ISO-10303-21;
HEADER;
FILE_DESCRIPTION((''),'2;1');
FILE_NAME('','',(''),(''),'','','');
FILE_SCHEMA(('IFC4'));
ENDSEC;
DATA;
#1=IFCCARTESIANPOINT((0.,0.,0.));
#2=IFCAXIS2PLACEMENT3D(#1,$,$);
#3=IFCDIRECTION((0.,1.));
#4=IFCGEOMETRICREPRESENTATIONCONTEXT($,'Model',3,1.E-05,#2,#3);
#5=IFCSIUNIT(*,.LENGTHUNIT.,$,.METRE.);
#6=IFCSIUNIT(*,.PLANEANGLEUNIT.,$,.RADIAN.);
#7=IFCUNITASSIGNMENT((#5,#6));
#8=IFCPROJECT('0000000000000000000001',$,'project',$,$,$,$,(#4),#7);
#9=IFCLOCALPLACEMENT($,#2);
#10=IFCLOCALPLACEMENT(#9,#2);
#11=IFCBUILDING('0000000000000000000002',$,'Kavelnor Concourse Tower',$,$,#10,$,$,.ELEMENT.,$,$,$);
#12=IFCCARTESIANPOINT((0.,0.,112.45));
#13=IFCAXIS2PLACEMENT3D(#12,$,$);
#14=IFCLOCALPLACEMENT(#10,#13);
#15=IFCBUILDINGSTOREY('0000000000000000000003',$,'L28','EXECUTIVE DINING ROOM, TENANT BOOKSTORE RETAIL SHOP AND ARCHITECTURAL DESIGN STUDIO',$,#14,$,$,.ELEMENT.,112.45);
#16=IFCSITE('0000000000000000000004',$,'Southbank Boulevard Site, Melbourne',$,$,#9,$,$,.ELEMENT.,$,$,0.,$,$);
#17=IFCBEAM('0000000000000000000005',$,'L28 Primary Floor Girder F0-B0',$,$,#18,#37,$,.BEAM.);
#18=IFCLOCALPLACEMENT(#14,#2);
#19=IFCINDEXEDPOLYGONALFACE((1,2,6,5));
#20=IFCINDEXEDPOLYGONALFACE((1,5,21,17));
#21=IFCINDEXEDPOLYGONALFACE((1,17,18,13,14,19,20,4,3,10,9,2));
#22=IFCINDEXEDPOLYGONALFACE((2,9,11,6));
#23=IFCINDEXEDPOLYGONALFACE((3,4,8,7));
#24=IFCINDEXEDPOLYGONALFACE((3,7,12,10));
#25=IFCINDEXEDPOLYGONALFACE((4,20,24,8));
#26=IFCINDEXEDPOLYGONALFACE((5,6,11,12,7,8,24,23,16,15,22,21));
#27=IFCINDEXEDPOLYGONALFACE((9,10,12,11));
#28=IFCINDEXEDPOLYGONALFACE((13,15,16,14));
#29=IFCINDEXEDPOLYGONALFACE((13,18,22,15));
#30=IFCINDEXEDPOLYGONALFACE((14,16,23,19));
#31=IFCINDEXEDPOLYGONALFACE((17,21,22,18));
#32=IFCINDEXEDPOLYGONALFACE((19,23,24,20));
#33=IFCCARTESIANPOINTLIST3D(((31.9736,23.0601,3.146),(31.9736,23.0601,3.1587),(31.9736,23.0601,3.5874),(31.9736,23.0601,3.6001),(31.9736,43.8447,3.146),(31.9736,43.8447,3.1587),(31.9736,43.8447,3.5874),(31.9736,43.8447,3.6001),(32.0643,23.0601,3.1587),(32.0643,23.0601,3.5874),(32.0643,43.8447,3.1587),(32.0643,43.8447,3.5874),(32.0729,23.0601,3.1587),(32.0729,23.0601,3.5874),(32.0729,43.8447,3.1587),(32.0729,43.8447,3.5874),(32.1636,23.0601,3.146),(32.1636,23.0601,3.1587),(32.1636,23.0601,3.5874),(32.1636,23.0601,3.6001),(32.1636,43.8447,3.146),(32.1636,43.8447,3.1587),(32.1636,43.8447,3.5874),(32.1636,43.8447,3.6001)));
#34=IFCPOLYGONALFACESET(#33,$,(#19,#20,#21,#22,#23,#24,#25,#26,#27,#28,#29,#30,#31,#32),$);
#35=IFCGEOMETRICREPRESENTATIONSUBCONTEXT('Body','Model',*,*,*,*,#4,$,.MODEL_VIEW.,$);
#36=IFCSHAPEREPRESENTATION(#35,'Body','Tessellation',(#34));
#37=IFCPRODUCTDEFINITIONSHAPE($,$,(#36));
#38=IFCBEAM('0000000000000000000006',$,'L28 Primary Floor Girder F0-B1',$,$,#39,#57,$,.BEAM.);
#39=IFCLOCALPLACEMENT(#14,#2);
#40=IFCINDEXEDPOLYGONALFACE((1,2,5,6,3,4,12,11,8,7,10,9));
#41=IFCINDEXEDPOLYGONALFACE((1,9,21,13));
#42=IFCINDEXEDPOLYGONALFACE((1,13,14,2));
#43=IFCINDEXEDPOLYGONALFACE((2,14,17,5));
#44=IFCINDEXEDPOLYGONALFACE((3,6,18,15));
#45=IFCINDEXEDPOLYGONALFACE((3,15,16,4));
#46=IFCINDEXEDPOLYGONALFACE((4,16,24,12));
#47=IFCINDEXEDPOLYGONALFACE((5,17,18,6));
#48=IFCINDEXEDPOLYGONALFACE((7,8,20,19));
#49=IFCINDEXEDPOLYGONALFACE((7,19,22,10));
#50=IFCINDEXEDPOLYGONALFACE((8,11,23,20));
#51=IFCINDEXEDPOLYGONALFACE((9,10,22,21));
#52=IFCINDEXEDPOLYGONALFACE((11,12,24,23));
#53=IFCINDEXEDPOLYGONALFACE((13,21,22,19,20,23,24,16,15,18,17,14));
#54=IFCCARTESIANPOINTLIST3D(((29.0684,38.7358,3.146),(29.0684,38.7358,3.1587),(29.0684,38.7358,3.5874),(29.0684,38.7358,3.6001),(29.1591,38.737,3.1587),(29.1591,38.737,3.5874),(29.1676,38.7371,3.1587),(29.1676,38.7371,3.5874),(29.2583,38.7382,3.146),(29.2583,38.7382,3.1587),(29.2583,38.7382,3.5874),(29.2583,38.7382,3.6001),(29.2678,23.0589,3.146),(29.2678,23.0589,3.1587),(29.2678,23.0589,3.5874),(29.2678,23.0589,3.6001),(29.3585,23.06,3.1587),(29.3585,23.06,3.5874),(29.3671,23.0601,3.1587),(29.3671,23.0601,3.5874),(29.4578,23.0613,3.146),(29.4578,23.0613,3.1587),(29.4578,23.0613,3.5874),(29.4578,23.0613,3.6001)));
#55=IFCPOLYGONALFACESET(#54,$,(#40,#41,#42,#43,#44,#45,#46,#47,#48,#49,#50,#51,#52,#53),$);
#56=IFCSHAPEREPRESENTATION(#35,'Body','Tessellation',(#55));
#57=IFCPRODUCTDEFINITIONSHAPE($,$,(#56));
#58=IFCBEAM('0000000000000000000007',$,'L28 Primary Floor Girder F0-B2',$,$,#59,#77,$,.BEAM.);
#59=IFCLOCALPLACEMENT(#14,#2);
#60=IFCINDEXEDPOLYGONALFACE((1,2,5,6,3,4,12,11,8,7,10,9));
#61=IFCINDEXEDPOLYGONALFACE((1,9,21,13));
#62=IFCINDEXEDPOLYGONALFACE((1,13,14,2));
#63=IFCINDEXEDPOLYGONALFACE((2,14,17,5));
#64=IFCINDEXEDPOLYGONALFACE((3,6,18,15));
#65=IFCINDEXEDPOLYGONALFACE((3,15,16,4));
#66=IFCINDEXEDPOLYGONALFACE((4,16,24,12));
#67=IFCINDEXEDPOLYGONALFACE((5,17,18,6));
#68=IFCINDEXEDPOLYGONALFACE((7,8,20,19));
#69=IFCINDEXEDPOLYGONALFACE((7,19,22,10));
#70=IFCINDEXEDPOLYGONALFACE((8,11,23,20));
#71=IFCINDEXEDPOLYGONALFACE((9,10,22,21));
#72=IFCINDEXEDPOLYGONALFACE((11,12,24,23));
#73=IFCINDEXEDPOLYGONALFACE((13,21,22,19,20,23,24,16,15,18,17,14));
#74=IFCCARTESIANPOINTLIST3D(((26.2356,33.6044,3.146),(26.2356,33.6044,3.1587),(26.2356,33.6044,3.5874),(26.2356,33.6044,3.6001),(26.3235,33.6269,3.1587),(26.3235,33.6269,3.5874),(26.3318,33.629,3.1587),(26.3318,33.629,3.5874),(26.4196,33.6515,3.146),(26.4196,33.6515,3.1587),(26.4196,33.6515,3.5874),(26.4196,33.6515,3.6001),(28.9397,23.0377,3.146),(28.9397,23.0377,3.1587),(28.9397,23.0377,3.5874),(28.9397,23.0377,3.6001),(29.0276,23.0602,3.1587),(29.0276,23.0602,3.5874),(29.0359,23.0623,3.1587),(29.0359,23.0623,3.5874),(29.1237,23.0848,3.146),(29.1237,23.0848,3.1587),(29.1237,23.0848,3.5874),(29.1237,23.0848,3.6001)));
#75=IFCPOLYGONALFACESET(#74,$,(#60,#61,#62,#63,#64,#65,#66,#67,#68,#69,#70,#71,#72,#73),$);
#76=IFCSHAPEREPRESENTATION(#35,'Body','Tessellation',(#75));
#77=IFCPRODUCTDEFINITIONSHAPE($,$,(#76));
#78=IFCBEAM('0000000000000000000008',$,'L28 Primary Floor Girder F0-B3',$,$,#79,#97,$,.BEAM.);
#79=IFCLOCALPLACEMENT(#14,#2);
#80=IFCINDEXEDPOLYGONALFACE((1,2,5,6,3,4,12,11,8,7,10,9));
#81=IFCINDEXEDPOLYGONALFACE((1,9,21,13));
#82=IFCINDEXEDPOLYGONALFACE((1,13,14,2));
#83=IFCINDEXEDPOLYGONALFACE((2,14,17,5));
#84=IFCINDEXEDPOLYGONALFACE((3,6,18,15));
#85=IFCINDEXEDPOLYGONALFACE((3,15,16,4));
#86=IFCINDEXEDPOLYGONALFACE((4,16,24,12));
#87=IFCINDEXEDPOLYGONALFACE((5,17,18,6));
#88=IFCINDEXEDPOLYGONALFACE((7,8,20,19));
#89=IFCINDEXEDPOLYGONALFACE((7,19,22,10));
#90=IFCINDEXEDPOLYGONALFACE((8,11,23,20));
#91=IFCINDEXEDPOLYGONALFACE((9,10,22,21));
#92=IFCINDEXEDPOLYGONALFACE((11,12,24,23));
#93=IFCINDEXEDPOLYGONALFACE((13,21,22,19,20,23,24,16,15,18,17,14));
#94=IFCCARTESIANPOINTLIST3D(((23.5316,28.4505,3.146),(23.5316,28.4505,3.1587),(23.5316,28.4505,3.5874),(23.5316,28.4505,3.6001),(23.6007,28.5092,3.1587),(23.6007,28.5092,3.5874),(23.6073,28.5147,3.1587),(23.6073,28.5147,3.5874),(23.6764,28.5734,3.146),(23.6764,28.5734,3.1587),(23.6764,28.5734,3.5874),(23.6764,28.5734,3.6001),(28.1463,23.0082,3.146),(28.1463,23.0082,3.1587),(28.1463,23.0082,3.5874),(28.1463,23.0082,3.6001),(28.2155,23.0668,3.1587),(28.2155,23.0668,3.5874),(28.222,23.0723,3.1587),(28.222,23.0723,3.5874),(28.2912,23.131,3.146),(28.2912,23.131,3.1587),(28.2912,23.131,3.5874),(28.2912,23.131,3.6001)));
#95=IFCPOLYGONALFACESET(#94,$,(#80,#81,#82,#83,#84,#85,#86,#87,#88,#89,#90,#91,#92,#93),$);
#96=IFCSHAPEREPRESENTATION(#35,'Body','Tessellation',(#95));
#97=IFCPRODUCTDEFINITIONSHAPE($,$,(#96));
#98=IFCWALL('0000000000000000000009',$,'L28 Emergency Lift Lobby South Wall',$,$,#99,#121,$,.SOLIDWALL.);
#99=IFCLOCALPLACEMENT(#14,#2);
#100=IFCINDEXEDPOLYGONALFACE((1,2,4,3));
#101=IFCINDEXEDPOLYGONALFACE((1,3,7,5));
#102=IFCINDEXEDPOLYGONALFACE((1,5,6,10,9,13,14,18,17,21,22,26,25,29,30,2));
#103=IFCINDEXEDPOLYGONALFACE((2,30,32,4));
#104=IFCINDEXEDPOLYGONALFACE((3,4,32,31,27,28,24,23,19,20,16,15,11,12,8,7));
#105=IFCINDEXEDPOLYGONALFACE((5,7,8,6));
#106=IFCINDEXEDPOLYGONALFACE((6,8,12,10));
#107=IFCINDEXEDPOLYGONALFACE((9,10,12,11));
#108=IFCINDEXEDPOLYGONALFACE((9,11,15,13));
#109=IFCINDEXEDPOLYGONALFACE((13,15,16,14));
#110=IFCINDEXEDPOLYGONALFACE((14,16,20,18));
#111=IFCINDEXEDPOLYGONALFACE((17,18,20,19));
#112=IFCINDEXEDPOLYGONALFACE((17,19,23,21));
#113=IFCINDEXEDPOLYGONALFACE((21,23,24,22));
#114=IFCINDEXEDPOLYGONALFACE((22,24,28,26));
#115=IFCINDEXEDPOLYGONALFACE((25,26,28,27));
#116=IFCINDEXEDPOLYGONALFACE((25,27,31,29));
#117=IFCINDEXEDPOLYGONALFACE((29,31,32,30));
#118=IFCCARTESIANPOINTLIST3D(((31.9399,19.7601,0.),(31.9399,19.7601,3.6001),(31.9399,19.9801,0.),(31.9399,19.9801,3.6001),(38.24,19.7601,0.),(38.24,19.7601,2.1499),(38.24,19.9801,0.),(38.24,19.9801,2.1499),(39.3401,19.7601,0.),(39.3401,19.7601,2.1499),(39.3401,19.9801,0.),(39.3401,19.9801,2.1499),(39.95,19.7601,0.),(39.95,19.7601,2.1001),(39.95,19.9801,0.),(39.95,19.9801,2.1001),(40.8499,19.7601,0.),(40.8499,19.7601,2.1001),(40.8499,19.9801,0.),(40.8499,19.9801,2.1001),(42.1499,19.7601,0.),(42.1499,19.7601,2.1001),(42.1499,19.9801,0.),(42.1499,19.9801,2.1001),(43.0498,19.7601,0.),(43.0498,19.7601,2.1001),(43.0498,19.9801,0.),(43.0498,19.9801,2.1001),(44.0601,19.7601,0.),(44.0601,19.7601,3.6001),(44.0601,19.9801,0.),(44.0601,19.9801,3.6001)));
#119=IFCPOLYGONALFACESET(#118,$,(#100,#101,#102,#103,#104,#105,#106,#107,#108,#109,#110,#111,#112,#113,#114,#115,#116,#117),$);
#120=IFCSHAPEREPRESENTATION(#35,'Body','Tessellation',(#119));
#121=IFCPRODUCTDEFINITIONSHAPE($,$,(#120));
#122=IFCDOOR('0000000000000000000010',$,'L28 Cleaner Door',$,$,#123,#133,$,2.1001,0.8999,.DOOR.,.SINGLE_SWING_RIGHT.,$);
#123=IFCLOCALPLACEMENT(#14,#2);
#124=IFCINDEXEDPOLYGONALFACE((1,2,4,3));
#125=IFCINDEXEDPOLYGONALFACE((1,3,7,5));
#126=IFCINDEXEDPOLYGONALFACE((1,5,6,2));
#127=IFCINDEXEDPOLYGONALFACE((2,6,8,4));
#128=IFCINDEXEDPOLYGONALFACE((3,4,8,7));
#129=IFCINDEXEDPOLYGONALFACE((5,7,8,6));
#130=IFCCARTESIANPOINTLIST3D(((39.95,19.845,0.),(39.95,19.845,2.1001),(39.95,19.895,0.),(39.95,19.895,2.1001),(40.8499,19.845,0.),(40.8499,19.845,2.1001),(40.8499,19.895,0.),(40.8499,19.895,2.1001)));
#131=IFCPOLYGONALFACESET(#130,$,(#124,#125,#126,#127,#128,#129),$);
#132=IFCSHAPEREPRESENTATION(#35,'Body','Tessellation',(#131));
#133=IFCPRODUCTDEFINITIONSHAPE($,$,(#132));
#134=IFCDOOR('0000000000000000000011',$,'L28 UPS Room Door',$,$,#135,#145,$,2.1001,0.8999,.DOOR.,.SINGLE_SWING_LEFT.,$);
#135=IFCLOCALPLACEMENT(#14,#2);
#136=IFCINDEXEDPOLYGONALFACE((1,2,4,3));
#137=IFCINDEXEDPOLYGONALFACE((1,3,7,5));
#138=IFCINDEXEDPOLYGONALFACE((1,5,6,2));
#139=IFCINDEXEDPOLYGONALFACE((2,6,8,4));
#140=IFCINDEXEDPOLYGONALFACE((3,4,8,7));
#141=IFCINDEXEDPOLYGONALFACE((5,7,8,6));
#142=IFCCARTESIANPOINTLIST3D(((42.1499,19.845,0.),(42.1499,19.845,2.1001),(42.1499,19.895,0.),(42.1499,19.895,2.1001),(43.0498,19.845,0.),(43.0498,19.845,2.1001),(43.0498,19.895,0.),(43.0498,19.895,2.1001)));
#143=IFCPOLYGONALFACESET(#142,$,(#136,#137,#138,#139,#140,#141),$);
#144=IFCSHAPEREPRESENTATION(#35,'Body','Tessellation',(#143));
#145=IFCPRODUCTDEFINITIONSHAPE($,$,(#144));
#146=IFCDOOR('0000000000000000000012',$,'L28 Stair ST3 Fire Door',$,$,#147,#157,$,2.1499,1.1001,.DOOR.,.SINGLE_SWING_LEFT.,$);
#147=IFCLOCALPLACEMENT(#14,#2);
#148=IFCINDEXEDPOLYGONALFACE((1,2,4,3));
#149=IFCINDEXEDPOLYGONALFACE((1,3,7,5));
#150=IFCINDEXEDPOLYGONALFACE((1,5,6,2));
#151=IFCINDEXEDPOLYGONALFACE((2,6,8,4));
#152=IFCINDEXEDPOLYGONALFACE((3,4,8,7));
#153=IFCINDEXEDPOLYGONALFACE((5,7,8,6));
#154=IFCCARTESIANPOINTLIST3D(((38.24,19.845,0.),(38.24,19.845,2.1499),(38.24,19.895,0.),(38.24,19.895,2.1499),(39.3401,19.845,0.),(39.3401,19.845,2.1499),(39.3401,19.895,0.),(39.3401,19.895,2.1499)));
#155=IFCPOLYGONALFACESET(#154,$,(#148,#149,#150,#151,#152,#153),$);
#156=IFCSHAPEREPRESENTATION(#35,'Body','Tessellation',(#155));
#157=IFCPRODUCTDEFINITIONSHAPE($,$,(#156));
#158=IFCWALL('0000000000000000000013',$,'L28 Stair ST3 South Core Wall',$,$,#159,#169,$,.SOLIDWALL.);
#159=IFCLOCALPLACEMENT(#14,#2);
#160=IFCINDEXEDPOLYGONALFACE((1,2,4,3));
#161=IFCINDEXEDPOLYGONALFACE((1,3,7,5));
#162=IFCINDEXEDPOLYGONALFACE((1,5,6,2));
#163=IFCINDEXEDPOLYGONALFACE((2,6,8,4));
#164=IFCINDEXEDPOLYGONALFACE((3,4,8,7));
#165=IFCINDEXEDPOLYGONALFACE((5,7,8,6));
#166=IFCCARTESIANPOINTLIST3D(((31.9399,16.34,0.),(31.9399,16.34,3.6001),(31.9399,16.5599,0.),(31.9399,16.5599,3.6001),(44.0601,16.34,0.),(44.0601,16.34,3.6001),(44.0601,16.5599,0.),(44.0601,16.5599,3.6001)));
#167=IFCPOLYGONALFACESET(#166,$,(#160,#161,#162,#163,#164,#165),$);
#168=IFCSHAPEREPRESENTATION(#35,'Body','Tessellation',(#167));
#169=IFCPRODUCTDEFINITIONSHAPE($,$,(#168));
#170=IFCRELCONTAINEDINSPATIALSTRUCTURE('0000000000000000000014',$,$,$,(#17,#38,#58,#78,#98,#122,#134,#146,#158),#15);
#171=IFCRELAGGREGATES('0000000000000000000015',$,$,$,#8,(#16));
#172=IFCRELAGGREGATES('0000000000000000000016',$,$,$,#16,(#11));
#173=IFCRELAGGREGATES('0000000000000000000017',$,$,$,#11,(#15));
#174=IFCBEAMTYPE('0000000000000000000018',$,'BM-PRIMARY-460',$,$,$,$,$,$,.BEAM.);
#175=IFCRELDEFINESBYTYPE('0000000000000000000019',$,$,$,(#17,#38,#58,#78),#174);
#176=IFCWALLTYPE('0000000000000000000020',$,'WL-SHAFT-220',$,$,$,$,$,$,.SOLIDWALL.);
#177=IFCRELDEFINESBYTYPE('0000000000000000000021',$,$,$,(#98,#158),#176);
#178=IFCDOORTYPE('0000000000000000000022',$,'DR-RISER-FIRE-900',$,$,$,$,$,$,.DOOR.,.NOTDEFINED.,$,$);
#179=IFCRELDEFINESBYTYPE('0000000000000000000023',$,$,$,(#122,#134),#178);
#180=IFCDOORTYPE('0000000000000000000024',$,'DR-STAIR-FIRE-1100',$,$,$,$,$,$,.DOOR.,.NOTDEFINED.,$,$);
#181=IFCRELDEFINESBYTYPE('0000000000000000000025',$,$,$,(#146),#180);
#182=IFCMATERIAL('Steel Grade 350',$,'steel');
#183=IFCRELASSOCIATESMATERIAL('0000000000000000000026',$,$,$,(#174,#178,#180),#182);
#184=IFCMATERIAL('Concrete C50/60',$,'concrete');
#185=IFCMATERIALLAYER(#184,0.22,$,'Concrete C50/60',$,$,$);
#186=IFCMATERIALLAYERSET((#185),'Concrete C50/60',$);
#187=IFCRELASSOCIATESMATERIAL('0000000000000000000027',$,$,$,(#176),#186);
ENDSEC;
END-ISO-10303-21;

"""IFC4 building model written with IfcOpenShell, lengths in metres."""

from ifc_helpers import new_model, si_unit, direction, frame, frame_2d, origin, origin_2d, place, context, subcontext, project, spatial, rectangle, i_section, extrude, material, layer, layer_set, material_profile, profile_set, type_object, element, fill, save


model = new_model("IFC4")

# Units and contexts
model_context = context("Model", 3, precision=1e-05, world=origin(), true_north=direction((0.0, 1.0)))
body_context = subcontext(model_context, "Body", "Model", "MODEL_VIEW")
ifc_project = project(units=[si_unit("LENGTHUNIT", "METRE"), si_unit("PLANEANGLEUNIT", "RADIAN")], contexts=[model_context])

# Site, building, storey
site_placement = place(None, origin())
site = spatial("IfcSite", under=ifc_project, at=site_placement, Name="Southbank Boulevard Site, Melbourne", CompositionType="ELEMENT", RefElevation=0.0)
building_placement = place(site_placement, origin())
building = spatial("IfcBuilding", under=site, at=building_placement, Name="Kavelnor Concourse Tower", CompositionType="ELEMENT")
storey_placement = place(building_placement, frame((0.0, 0.0, 112.45)))
storey = spatial("IfcBuildingStorey", under=building, at=storey_placement, Name="L28", Description="EXECUTIVE DINING ROOM, TENANT BOOKSTORE RETAIL SHOP AND ARCHITECTURAL DESIGN STUDIO", CompositionType="ELEMENT", Elevation=112.45)

# Beams
ifc_material_1 = material(Name="Steel Grade 350", Category="steel")
ifc_material_profile = material_profile(ifc_material_1, i_section(OverallWidth=0.1899, OverallDepth=0.4541, WebThickness=0.0085, FlangeThickness=0.0127, at=origin_2d()), Name="460UB67")
ifc_profile_set = profile_set([ifc_material_profile], Name="Steel Grade 350")
beam_type = type_object("IfcBeamType", Name="BM-PRIMARY-460", PredefinedType="BEAM", material=ifc_profile_set)
beam_1_placement = place(storey_placement, frame((32.0686, 23.0601, 3.373), z_axis=(0.0, 1.0, 0.0), x_axis=(-1.0, 0.0, 0.0)))
element("IfcBeam", 1, at=beam_1_placement, inside=storey, type_object=beam_type, Name="L28 Primary Floor Girder F0-B0", PredefinedType="BEAM", context=body_context, shape_type="SweptSolid", body=[
    extrude(i_section(OverallWidth=0.1899, OverallDepth=0.4541, WebThickness=0.0085, FlangeThickness=0.0127, at=origin_2d()), origin(), (0.0, 0.0, 1.0), 20.7847),
])
beam_2_placement = place(storey_placement, frame((29.3628, 23.0601, 3.373), z_axis=(-0.012722, 0.999919, 0.0), x_axis=(-0.999919, -0.012722, 0.0)))
element("IfcBeam", 2, at=beam_2_placement, inside=storey, type_object=beam_type, Name="L28 Primary Floor Girder F0-B1", PredefinedType="BEAM", context=body_context, shape_type="SweptSolid", body=[
    extrude(i_section(OverallWidth=0.1899, OverallDepth=0.4541, WebThickness=0.0085, FlangeThickness=0.0127, at=origin_2d()), origin(), (0.0, 0.0, 1.0), 15.6782),
])
beam_3_placement = place(storey_placement, frame((29.0317, 23.0613, 3.373), z_axis=(-0.24792, 0.968781, 0.0), x_axis=(-0.968781, -0.24792, 0.0)))
element("IfcBeam", 3, at=beam_3_placement, inside=storey, type_object=beam_type, Name="L28 Primary Floor Girder F0-B2", PredefinedType="BEAM", context=body_context, shape_type="SweptSolid", body=[
    extrude(i_section(OverallWidth=0.1899, OverallDepth=0.4541, WebThickness=0.0085, FlangeThickness=0.0127, at=origin_2d()), origin(), (0.0, 0.0, 1.0), 10.9072),
])
beam_4_placement = place(storey_placement, frame((28.2188, 23.0696, 3.373), z_axis=(-0.64673, 0.762719, 0.0), x_axis=(-0.762719, -0.64673, 0.0)))
element("IfcBeam", 4, at=beam_4_placement, inside=storey, type_object=beam_type, Name="L28 Primary Floor Girder F0-B3", PredefinedType="BEAM", context=body_context, shape_type="SweptSolid", body=[
    extrude(i_section(OverallWidth=0.1899, OverallDepth=0.4541, WebThickness=0.0085, FlangeThickness=0.0127, at=origin_2d()), origin(), (0.0, 0.0, 1.0), 7.1355),
])

# Wall, openings, doors
ifc_material_2 = material(Name="Concrete C50/60", Category="concrete")
ifc_layer_1 = layer(ifc_material_2, 0.22, Name="Concrete C50/60")
ifc_layer_set_1 = layer_set([ifc_layer_1], Name="Concrete C50/60")
wall_type_1 = type_object("IfcWallType", Name="WL-SHAFT-220", PredefinedType="SOLIDWALL", material=ifc_layer_set_1)
wall_1_placement = place(storey_placement, frame((31.9399, 19.8701, 0.0), z_axis=(0.0, 0.0, 1.0), x_axis=(1.0, 0.0, 0.0)))
wall_1 = element("IfcWall", 5, at=wall_1_placement, inside=storey, type_object=wall_type_1, Name="L28 Emergency Lift Lobby South Wall", PredefinedType="SOLIDWALL", context=body_context, shape_type="SweptSolid", body=[
    extrude(rectangle(XDim=12.1201, YDim=0.22, at=frame_2d((6.0601, 0.0))), origin(), (0.0, 0.0, 1.0), 3.6001),
])
opening_1_placement = place(wall_1_placement, frame((6.3, 0.0, 0.0)))
opening_1 = element("IfcOpeningElement", 6, at=opening_1_placement, cuts=wall_1, PredefinedType="OPENING", context=body_context, shape_type="SweptSolid", body=[
    extrude(rectangle(XDim=1.1001, YDim=2.1499, at=frame_2d((0.55, 1.075))), frame((0.0, 0.1201, 0.0), z_axis=(0.0, -1.0, 0.0), x_axis=(1.0, 0.0, 0.0)), (0.0, 0.0, 1.0), 0.24),
])
opening_2_placement = place(wall_1_placement, frame((8.01, 0.0, 0.0)))
opening_2 = element("IfcOpeningElement", 7, at=opening_2_placement, cuts=wall_1, PredefinedType="OPENING", context=body_context, shape_type="SweptSolid", body=[
    extrude(rectangle(XDim=0.8999, YDim=2.1001, at=frame_2d((0.45, 1.05))), frame((0.0, 0.1201, 0.0), z_axis=(0.0, -1.0, 0.0), x_axis=(1.0, 0.0, 0.0)), (0.0, 0.0, 1.0), 0.24),
])
opening_3_placement = place(wall_1_placement, frame((10.21, 0.0, 0.0)))
opening_3 = element("IfcOpeningElement", 8, at=opening_3_placement, cuts=wall_1, PredefinedType="OPENING", context=body_context, shape_type="SweptSolid", body=[
    extrude(rectangle(XDim=0.8999, YDim=2.1001, at=frame_2d((0.45, 1.05))), frame((0.0, 0.1201, 0.0), z_axis=(0.0, -1.0, 0.0), x_axis=(1.0, 0.0, 0.0)), (0.0, 0.0, 1.0), 0.24),
])
door_type_1 = type_object("IfcDoorType", Name="DR-RISER-FIRE-900", OperationType="NOTDEFINED", PredefinedType="DOOR", material=ifc_material_1)
door_1_placement = place(opening_2_placement, origin())
door_1 = element("IfcDoor", 9, at=door_1_placement, inside=storey, type_object=door_type_1, Name="L28 Cleaner Door", OperationType="SINGLE_SWING_RIGHT", OverallHeight=2.1001, OverallWidth=0.8999, PredefinedType="DOOR", context=body_context, shape_type="SweptSolid", body=[
    extrude(rectangle(XDim=0.8999, YDim=2.1001, at=frame_2d((0.45, 1.05))), frame((0.0, 0.0249, 0.0), z_axis=(0.0, -1.0, 0.0), x_axis=(1.0, 0.0, 0.0)), (0.0, 0.0, 1.0), 0.05),
])
fill(opening_2, door_1)
door_2_placement = place(opening_3_placement, origin())
door_2 = element("IfcDoor", 10, at=door_2_placement, inside=storey, type_object=door_type_1, Name="L28 UPS Room Door", OperationType="SINGLE_SWING_LEFT", OverallHeight=2.1001, OverallWidth=0.8999, PredefinedType="DOOR", context=body_context, shape_type="SweptSolid", body=[
    extrude(rectangle(XDim=0.8999, YDim=2.1001, at=frame_2d((0.45, 1.05))), frame((0.0, 0.0249, 0.0), z_axis=(0.0, -1.0, 0.0), x_axis=(1.0, 0.0, 0.0)), (0.0, 0.0, 1.0), 0.05),
])
fill(opening_3, door_2)
door_type_2 = type_object("IfcDoorType", Name="DR-STAIR-FIRE-1100", OperationType="NOTDEFINED", PredefinedType="DOOR", material=ifc_material_1)
door_3_placement = place(opening_1_placement, origin())
door_3 = element("IfcDoor", 11, at=door_3_placement, inside=storey, type_object=door_type_2, Name="L28 Stair ST3 Fire Door", OperationType="SINGLE_SWING_LEFT", OverallHeight=2.1499, OverallWidth=1.1001, PredefinedType="DOOR", context=body_context, shape_type="SweptSolid", body=[
    extrude(rectangle(XDim=1.1001, YDim=2.1499, at=frame_2d((0.55, 1.075))), frame((0.0, 0.0249, 0.0), z_axis=(0.0, -1.0, 0.0), x_axis=(1.0, 0.0, 0.0)), (0.0, 0.0, 1.0), 0.05),
])
fill(opening_1, door_3)

# Wall
wall_2_placement = place(storey_placement, frame((31.9399, 16.45, 0.0), z_axis=(0.0, 0.0, 1.0), x_axis=(1.0, 0.0, 0.0)))
element("IfcWall", 12, at=wall_2_placement, inside=storey, type_object=wall_type_1, Name="L28 Stair ST3 South Core Wall", PredefinedType="SOLIDWALL", context=body_context, shape_type="SweptSolid", body=[
    extrude(rectangle(XDim=12.1201, YDim=0.22, at=frame_2d((6.0601, 0.0))), origin(), (0.0, 0.0, 1.0), 3.6001),
])

save(model, "model.ifc")
